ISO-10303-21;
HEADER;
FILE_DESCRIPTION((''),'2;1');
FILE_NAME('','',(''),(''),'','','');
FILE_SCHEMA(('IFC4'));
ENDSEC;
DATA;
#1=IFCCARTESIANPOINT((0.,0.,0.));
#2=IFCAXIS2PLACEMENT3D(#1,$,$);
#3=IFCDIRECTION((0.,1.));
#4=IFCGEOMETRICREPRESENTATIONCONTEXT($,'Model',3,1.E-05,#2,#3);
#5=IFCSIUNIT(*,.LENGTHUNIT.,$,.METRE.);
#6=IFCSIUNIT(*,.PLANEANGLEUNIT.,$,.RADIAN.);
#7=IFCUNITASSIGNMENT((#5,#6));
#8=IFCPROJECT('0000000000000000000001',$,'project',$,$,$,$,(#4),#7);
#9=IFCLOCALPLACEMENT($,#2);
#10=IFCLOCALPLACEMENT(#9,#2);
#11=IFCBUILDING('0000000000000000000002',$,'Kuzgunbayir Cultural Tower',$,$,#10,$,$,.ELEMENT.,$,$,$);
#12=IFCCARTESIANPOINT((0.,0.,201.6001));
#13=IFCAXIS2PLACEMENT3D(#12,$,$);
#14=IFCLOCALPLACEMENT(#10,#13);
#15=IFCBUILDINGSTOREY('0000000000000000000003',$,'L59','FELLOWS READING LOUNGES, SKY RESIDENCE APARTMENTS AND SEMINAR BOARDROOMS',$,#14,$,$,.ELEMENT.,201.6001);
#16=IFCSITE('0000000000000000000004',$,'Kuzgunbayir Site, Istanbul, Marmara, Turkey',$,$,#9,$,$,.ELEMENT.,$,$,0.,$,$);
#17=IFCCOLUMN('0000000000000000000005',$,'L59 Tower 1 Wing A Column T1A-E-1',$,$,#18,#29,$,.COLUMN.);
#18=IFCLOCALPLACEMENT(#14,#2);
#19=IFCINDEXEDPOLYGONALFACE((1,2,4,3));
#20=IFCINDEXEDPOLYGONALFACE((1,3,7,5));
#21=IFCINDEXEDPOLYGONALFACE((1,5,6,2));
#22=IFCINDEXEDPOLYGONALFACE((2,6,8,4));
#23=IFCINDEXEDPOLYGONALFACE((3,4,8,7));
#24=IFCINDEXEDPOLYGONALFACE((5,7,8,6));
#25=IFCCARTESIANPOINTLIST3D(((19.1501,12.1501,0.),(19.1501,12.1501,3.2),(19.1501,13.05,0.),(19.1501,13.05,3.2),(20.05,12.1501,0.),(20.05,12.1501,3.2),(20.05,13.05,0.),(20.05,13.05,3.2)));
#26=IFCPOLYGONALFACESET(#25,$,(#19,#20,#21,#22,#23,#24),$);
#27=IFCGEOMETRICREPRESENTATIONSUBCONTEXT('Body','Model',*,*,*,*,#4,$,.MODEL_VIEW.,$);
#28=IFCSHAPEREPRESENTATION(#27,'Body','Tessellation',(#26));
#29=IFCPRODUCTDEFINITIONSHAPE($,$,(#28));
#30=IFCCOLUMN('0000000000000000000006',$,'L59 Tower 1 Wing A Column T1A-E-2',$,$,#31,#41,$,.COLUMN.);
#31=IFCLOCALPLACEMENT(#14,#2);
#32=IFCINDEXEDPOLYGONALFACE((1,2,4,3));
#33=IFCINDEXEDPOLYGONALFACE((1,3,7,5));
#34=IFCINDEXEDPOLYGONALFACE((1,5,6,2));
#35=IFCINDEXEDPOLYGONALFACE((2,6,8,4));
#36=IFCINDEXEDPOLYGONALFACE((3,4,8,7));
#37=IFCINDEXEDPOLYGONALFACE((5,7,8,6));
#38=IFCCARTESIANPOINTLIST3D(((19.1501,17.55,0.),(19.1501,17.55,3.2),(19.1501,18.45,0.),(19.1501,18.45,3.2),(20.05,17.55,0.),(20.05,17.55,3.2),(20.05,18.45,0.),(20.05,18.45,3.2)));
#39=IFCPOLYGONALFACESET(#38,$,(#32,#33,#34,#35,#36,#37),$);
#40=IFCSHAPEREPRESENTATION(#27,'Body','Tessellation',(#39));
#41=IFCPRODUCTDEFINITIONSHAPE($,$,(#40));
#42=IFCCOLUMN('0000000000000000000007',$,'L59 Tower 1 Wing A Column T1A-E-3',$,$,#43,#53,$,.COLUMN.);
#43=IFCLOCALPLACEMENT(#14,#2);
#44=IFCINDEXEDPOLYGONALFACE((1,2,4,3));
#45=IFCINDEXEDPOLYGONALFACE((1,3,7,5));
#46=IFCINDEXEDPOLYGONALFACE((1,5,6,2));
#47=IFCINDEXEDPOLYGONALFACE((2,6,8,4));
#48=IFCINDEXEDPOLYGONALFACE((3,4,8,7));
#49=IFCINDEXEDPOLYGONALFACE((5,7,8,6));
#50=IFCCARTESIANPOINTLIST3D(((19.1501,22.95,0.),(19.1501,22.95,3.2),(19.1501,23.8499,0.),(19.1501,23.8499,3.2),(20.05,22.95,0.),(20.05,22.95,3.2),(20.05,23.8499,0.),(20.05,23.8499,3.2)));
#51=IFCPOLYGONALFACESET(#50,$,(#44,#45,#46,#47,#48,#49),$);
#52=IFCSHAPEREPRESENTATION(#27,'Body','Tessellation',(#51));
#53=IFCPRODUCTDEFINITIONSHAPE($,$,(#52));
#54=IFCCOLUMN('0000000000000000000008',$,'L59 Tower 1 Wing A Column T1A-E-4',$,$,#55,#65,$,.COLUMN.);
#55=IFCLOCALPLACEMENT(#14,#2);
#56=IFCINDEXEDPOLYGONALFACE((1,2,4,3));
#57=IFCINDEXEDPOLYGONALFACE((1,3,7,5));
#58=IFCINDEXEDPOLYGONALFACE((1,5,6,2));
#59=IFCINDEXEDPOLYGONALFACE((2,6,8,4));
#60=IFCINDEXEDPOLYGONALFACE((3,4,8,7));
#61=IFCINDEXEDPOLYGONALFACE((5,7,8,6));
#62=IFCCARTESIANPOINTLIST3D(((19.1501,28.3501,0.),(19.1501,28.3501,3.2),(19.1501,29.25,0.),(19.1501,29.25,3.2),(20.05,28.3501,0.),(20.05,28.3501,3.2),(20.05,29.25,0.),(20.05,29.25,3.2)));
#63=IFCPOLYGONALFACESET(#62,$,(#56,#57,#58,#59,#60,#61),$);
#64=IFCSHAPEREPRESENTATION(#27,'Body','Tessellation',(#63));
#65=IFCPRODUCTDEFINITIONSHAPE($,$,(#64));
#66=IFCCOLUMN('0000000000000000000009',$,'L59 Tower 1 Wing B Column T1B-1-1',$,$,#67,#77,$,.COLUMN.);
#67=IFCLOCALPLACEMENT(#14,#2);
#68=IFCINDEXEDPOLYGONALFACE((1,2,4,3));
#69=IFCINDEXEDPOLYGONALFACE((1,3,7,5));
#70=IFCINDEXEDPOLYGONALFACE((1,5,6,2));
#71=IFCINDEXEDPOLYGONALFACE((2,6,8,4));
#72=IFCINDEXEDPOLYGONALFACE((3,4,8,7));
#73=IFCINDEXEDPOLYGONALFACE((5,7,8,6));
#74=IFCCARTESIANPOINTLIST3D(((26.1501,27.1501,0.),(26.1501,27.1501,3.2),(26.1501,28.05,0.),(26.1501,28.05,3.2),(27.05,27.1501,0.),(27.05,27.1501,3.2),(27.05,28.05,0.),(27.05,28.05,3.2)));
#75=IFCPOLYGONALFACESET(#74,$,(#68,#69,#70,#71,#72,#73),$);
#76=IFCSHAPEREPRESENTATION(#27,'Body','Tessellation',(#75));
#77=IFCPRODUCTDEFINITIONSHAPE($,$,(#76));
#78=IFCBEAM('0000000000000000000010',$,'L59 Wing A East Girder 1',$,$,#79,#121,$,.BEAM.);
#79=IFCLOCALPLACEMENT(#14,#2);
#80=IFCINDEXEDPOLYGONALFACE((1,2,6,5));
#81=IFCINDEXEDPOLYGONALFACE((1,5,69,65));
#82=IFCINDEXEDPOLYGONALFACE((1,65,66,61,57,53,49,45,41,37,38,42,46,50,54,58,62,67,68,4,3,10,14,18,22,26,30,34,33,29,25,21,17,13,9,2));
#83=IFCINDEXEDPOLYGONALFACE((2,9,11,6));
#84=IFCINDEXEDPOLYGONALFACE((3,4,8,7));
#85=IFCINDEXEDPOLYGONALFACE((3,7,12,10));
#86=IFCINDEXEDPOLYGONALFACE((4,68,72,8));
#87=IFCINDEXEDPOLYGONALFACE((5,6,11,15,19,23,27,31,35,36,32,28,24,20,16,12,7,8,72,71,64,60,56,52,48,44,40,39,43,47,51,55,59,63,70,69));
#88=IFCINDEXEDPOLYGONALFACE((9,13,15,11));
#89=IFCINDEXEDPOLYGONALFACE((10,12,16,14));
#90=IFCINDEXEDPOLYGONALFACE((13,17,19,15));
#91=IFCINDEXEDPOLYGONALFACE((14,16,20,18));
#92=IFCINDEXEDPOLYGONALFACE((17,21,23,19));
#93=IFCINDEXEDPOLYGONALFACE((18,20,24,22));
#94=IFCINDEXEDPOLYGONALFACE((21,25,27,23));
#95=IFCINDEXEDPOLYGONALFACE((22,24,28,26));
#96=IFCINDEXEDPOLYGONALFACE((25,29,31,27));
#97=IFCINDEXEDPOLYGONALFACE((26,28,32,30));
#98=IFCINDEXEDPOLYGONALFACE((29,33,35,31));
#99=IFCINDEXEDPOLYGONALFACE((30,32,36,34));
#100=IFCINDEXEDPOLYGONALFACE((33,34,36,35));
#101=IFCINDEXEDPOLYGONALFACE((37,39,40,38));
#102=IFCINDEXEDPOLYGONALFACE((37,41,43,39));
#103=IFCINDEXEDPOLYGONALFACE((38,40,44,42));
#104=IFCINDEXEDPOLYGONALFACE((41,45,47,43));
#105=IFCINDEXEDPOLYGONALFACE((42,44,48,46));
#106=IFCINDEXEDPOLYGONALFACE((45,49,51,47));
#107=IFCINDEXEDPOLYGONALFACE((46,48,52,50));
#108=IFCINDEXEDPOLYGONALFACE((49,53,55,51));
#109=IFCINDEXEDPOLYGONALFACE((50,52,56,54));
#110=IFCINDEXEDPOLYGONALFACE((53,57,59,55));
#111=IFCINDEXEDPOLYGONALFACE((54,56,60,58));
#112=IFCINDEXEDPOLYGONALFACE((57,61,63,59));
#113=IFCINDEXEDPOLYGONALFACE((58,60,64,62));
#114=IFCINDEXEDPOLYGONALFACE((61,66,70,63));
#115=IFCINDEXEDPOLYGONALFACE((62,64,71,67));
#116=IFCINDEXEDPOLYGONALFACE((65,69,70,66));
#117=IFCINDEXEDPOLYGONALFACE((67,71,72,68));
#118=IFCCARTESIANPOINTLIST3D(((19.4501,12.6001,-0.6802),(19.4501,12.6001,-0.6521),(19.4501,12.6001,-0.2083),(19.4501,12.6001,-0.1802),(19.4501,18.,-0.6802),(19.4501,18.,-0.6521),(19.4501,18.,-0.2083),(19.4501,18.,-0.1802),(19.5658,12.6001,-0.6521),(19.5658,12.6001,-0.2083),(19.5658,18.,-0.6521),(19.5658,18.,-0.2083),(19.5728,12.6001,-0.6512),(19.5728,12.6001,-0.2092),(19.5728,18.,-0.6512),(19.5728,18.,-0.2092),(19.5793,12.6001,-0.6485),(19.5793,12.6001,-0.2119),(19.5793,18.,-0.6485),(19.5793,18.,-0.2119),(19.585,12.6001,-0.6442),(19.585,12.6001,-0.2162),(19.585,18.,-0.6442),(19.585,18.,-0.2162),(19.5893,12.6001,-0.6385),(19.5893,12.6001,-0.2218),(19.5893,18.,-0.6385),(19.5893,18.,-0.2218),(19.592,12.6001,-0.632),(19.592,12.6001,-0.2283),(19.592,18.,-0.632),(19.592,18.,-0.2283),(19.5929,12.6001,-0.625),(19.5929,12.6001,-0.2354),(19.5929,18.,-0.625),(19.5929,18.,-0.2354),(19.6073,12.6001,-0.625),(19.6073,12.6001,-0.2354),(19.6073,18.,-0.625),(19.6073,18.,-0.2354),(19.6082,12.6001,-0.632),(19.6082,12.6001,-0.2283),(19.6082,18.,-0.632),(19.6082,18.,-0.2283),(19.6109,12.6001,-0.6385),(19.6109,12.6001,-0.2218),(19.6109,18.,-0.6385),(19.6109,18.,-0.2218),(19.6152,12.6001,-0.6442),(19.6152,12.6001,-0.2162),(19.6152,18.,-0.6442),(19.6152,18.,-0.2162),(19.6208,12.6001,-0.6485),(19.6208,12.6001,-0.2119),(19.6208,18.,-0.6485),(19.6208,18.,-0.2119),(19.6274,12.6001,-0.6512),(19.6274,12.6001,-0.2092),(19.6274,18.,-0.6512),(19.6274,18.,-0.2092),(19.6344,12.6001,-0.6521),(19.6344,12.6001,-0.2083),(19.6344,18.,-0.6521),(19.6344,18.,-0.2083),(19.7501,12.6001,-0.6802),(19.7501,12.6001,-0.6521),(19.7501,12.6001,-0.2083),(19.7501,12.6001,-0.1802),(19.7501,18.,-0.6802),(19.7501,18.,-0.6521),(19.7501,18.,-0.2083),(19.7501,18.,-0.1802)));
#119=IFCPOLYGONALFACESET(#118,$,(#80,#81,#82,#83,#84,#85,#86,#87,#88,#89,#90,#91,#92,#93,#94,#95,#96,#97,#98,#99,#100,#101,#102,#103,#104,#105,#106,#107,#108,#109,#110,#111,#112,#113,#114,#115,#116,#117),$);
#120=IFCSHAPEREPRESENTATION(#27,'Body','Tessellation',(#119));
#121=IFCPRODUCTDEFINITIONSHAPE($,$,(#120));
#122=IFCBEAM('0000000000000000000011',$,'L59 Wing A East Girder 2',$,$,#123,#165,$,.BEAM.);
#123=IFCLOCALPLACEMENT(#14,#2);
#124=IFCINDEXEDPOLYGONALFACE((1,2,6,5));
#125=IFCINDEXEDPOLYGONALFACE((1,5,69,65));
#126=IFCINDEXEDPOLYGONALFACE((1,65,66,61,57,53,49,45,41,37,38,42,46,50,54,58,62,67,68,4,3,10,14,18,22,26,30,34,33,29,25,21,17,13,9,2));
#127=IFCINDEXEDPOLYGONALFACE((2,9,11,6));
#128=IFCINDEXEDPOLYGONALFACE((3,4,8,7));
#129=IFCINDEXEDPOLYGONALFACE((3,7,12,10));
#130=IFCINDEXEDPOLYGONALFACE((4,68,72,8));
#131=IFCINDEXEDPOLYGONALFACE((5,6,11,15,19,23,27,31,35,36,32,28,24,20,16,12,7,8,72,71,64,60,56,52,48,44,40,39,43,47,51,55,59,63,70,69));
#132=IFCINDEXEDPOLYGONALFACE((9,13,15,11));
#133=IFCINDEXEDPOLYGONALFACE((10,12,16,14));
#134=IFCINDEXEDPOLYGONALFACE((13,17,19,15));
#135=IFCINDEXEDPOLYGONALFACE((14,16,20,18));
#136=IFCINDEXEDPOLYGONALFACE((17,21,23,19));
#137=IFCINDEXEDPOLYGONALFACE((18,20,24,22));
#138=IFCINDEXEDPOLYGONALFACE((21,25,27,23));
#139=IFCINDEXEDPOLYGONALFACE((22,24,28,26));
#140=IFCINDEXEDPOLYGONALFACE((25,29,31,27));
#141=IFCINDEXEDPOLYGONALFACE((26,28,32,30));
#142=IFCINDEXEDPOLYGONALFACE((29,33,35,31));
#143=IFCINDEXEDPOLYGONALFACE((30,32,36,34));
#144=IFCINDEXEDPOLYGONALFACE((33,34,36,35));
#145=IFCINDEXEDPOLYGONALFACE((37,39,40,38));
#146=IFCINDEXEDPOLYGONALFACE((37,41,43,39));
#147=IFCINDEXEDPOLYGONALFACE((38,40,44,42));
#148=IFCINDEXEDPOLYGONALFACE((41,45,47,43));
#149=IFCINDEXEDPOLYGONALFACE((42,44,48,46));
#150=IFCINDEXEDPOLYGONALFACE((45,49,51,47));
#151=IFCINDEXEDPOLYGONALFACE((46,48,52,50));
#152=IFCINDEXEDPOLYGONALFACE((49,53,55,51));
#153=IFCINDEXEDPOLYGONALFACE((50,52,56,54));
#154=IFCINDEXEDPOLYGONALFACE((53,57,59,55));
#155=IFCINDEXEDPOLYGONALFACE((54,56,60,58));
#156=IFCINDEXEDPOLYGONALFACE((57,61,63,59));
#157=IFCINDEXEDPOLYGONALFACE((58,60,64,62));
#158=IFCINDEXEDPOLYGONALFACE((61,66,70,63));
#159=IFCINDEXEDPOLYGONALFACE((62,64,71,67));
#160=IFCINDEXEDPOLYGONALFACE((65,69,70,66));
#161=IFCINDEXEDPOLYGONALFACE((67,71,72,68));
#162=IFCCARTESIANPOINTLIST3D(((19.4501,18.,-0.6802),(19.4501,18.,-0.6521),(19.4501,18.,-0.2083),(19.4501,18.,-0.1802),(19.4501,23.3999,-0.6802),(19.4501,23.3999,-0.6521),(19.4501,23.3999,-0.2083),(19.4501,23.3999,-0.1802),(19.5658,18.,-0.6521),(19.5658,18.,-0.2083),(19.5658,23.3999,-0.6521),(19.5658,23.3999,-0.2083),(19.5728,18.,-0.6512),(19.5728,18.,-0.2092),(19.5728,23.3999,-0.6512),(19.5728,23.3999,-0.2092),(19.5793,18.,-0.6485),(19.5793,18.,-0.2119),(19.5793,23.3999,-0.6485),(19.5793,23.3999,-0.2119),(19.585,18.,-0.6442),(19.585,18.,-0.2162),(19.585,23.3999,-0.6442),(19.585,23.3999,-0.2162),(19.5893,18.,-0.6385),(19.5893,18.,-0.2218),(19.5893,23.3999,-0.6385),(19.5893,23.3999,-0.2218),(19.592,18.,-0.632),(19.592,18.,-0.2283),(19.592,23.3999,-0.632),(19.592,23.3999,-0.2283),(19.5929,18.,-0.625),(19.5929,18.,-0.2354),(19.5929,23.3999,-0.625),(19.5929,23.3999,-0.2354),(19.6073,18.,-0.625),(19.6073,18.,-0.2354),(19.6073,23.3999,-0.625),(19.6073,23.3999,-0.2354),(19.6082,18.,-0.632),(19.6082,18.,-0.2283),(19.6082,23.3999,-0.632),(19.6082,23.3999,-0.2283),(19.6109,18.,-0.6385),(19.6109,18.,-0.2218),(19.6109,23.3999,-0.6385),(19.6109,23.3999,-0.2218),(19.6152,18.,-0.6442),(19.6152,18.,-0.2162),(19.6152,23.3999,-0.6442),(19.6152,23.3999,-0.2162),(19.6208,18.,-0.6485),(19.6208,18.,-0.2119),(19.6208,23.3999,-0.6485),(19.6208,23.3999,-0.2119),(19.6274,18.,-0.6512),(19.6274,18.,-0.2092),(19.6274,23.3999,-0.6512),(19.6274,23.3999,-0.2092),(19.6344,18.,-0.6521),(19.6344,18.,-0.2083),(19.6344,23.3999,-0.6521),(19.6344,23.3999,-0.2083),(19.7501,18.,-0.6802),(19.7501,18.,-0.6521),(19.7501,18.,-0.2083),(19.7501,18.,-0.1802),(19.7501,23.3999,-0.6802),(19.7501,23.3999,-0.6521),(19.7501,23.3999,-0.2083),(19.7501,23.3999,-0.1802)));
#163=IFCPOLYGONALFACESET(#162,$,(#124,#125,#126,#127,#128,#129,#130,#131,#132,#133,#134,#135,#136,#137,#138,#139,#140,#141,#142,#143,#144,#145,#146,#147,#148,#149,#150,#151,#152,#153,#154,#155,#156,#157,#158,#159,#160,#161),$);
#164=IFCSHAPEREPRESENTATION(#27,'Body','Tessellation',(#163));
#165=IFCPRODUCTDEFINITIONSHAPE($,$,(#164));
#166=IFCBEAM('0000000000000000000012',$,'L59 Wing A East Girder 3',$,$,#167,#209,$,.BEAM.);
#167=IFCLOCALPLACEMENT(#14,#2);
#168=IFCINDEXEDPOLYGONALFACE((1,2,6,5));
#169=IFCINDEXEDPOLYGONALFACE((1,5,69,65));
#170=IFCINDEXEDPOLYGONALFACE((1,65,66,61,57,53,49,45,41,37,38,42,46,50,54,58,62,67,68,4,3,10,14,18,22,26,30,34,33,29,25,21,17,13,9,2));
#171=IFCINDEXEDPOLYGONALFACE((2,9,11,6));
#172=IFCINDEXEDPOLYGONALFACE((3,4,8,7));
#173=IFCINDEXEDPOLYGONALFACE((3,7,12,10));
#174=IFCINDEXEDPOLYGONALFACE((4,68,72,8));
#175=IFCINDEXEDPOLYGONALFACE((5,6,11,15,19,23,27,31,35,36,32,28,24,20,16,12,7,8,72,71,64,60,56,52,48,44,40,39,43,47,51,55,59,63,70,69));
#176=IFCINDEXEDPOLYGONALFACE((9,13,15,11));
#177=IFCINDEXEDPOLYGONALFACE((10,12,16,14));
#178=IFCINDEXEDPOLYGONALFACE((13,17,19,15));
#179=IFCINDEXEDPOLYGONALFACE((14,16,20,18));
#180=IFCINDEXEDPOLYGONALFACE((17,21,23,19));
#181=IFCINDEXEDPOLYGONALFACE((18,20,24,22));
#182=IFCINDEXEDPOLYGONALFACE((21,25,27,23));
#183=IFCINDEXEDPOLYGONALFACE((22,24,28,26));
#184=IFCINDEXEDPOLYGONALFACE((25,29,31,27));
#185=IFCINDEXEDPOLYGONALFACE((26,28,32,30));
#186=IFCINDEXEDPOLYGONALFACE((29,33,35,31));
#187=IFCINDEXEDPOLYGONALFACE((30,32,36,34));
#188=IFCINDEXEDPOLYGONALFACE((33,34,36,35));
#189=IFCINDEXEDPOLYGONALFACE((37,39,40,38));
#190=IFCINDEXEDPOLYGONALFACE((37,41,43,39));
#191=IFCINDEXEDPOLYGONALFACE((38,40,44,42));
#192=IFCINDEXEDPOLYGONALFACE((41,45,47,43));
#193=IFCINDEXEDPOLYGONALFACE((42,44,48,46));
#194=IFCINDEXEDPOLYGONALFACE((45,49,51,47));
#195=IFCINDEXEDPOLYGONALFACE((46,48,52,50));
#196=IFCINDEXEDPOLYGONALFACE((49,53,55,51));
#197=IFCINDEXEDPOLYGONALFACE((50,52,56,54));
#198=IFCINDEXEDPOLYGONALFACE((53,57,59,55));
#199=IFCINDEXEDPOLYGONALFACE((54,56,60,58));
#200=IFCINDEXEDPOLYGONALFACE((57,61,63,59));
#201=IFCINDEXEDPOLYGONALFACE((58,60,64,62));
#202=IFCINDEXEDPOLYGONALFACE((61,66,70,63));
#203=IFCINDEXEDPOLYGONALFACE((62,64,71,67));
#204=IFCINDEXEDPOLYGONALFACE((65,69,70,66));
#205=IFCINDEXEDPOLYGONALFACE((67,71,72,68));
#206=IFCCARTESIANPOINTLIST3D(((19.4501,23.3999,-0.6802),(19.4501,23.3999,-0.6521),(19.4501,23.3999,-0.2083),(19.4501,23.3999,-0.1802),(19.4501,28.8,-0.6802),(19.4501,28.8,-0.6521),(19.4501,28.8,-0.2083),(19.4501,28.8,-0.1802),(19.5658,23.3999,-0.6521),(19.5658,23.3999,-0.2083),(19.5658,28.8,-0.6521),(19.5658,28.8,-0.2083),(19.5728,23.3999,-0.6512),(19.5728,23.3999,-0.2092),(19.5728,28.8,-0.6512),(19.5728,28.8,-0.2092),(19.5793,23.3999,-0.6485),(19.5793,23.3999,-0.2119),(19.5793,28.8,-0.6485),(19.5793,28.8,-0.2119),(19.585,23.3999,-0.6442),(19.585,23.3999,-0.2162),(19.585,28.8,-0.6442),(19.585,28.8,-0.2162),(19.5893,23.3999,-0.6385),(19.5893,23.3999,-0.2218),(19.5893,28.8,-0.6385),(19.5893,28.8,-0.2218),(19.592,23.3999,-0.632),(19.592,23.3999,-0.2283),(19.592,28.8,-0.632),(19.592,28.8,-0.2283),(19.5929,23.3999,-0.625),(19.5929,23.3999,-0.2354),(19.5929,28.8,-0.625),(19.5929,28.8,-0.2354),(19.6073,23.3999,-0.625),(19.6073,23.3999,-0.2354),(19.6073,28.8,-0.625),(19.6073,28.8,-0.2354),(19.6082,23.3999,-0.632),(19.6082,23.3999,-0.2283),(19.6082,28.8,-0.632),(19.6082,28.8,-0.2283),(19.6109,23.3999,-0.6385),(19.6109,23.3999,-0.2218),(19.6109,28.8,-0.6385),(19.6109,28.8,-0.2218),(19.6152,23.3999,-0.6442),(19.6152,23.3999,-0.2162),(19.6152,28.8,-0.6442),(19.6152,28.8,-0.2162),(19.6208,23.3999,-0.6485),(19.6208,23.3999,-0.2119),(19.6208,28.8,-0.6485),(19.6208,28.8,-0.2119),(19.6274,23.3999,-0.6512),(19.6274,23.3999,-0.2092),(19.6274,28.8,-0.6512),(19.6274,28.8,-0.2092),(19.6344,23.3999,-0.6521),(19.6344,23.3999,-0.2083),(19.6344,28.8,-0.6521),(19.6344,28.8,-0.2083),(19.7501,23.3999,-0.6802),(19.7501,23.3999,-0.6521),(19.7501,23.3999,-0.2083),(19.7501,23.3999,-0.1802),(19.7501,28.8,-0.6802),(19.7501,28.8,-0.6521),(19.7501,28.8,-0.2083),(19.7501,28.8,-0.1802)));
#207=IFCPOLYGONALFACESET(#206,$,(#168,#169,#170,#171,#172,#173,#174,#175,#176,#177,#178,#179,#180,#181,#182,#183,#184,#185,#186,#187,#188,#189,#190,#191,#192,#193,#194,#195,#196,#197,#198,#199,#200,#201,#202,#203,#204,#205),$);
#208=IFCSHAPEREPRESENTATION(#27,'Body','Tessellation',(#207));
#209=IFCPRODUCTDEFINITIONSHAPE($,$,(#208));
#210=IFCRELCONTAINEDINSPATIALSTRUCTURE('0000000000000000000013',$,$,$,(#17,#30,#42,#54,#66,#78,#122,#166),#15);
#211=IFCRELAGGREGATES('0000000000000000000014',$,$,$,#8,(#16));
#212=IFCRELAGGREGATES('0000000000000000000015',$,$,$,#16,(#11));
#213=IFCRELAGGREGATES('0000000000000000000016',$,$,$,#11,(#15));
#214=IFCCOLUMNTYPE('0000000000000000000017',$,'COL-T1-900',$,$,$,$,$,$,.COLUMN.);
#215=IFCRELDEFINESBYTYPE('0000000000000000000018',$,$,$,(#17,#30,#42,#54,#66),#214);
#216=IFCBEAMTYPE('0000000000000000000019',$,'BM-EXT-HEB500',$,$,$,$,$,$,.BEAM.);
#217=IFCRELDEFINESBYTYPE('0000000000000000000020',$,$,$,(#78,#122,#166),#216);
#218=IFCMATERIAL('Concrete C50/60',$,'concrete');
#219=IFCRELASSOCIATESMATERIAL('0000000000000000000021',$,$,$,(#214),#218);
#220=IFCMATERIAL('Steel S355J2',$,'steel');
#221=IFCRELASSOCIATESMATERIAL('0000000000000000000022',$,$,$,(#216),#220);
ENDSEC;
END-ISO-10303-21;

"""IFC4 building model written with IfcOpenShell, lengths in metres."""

from ifc_helpers import new_model, si_unit, direction, frame, origin, origin_2d, place, context, subcontext, project, spatial, rectangle, i_section, extrude, material, material_profile, profile_set, type_object, element, save


model = new_model("IFC4")

# Units and contexts
model_context = context("Model", 3, precision=1e-05, world=origin(), true_north=direction((0.0, 1.0)))
body_context = subcontext(model_context, "Body", "Model", "MODEL_VIEW")
ifc_project = project(units=[si_unit("LENGTHUNIT", "METRE"), si_unit("PLANEANGLEUNIT", "RADIAN")], contexts=[model_context])

# Site, building, storey
site_placement = place(None, origin())
site = spatial("IfcSite", under=ifc_project, at=site_placement, Name="Kuzgunbayir Site, Istanbul, Marmara, Turkey", CompositionType="ELEMENT", RefElevation=0.0)
building_placement = place(site_placement, origin())
building = spatial("IfcBuilding", under=site, at=building_placement, Name="Kuzgunbayir Cultural Tower", CompositionType="ELEMENT")
storey_placement = place(building_placement, frame((0.0, 0.0, 201.6001)))
storey = spatial("IfcBuildingStorey", under=building, at=storey_placement, Name="L59", Description="FELLOWS READING LOUNGES, SKY RESIDENCE APARTMENTS AND SEMINAR BOARDROOMS", CompositionType="ELEMENT", Elevation=201.6001)

# Columns
ifc_material_1 = material(Name="Concrete C50/60", Category="concrete")
ifc_material_profile_1 = material_profile(ifc_material_1, rectangle(XDim=0.8999, YDim=0.8999, at=origin_2d()), Name="RC 900x900")
ifc_profile_set_1 = profile_set([ifc_material_profile_1], Name="Concrete C50/60")
column_type = type_object("IfcColumnType", Name="COL-T1-900", PredefinedType="COLUMN", material=ifc_profile_set_1)
for number, where, z_axis, x_axis, name in (
    (1, (19.6001, 12.6001, 0.0), (0.0, 0.0, 1.0), (1.0, 0.0, 0.0), "L59 Tower 1 Wing A Column T1A-E-1"),
    (2, (19.6001, 18.0, 0.0), (0.0, 0.0, 1.0), (1.0, 0.0, 0.0), "L59 Tower 1 Wing A Column T1A-E-2"),
    (3, (19.6001, 23.3999, 0.0), (0.0, 0.0, 1.0), (1.0, 0.0, 0.0), "L59 Tower 1 Wing A Column T1A-E-3"),
    (4, (19.6001, 28.8, 0.0), (0.0, 0.0, 1.0), (1.0, 0.0, 0.0), "L59 Tower 1 Wing A Column T1A-E-4"),
    (5, (26.6001, 27.6001, 0.0), (0.0, 0.0, 1.0), (1.0, 0.0, 0.0), "L59 Tower 1 Wing B Column T1B-1-1"),
):
    element("IfcColumn", number, at=place(storey_placement, frame(where, z_axis=z_axis, x_axis=x_axis)), inside=storey, type_object=column_type, Name=name, PredefinedType="COLUMN", context=body_context, shape_type="SweptSolid", body=[
        extrude(rectangle(XDim=0.8999, YDim=0.8999, at=origin_2d()), origin(), (0.0, 0.0, 1.0), 3.2),
    ])

# Beams
ifc_material_2 = material(Name="Steel S355J2", Category="steel")
ifc_material_profile_2 = material_profile(ifc_material_2, i_section(OverallWidth=0.3, OverallDepth=0.5, WebThickness=0.0144, FlangeThickness=0.0281, FilletRadius=0.0271, at=origin_2d()), Name="HEB 500")
ifc_profile_set_2 = profile_set([ifc_material_profile_2], Name="Steel S355J2")
beam_type_1 = type_object("IfcBeamType", Name="BM-EXT-HEB500", PredefinedType="BEAM", material=ifc_profile_set_2)
for number, where, z_axis, x_axis, name in (
    (6, (19.6001, 12.6001, -0.4302), (0.0, 1.0, 0.0), (-1.0, 0.0, 0.0), "L59 Wing A East Girder 1"),
    (7, (19.6001, 18.0, -0.4302), (0.0, 1.0, 0.0), (-1.0, 0.0, 0.0), "L59 Wing A East Girder 2"),
):
    element("IfcBeam", number, at=place(storey_placement, frame(where, z_axis=z_axis, x_axis=x_axis)), inside=storey, type_object=beam_type_1, Name=name, PredefinedType="BEAM", context=body_context, shape_type="SweptSolid", body=[
        extrude(i_section(OverallWidth=0.3, OverallDepth=0.5, WebThickness=0.0144, FlangeThickness=0.0281, FilletRadius=0.0271, at=origin_2d()), origin(), (0.0, 0.0, 1.0), 5.3999),
    ])
beam_1_placement = place(storey_placement, frame((19.6001, 23.3999, -0.4302), z_axis=(0.0, 1.0, 0.0), x_axis=(-1.0, 0.0, 0.0)))
element("IfcBeam", 8, at=beam_1_placement, inside=storey, type_object=beam_type_1, Name="L59 Wing A East Girder 3", PredefinedType="BEAM", context=body_context, shape_type="SweptSolid", body=[
    extrude(i_section(OverallWidth=0.3, OverallDepth=0.5, WebThickness=0.0144, FlangeThickness=0.0281, FilletRadius=0.0271, at=origin_2d()), origin(), (0.0, 0.0, 1.0), 5.4001),
])

save(model, "model.ifc")
